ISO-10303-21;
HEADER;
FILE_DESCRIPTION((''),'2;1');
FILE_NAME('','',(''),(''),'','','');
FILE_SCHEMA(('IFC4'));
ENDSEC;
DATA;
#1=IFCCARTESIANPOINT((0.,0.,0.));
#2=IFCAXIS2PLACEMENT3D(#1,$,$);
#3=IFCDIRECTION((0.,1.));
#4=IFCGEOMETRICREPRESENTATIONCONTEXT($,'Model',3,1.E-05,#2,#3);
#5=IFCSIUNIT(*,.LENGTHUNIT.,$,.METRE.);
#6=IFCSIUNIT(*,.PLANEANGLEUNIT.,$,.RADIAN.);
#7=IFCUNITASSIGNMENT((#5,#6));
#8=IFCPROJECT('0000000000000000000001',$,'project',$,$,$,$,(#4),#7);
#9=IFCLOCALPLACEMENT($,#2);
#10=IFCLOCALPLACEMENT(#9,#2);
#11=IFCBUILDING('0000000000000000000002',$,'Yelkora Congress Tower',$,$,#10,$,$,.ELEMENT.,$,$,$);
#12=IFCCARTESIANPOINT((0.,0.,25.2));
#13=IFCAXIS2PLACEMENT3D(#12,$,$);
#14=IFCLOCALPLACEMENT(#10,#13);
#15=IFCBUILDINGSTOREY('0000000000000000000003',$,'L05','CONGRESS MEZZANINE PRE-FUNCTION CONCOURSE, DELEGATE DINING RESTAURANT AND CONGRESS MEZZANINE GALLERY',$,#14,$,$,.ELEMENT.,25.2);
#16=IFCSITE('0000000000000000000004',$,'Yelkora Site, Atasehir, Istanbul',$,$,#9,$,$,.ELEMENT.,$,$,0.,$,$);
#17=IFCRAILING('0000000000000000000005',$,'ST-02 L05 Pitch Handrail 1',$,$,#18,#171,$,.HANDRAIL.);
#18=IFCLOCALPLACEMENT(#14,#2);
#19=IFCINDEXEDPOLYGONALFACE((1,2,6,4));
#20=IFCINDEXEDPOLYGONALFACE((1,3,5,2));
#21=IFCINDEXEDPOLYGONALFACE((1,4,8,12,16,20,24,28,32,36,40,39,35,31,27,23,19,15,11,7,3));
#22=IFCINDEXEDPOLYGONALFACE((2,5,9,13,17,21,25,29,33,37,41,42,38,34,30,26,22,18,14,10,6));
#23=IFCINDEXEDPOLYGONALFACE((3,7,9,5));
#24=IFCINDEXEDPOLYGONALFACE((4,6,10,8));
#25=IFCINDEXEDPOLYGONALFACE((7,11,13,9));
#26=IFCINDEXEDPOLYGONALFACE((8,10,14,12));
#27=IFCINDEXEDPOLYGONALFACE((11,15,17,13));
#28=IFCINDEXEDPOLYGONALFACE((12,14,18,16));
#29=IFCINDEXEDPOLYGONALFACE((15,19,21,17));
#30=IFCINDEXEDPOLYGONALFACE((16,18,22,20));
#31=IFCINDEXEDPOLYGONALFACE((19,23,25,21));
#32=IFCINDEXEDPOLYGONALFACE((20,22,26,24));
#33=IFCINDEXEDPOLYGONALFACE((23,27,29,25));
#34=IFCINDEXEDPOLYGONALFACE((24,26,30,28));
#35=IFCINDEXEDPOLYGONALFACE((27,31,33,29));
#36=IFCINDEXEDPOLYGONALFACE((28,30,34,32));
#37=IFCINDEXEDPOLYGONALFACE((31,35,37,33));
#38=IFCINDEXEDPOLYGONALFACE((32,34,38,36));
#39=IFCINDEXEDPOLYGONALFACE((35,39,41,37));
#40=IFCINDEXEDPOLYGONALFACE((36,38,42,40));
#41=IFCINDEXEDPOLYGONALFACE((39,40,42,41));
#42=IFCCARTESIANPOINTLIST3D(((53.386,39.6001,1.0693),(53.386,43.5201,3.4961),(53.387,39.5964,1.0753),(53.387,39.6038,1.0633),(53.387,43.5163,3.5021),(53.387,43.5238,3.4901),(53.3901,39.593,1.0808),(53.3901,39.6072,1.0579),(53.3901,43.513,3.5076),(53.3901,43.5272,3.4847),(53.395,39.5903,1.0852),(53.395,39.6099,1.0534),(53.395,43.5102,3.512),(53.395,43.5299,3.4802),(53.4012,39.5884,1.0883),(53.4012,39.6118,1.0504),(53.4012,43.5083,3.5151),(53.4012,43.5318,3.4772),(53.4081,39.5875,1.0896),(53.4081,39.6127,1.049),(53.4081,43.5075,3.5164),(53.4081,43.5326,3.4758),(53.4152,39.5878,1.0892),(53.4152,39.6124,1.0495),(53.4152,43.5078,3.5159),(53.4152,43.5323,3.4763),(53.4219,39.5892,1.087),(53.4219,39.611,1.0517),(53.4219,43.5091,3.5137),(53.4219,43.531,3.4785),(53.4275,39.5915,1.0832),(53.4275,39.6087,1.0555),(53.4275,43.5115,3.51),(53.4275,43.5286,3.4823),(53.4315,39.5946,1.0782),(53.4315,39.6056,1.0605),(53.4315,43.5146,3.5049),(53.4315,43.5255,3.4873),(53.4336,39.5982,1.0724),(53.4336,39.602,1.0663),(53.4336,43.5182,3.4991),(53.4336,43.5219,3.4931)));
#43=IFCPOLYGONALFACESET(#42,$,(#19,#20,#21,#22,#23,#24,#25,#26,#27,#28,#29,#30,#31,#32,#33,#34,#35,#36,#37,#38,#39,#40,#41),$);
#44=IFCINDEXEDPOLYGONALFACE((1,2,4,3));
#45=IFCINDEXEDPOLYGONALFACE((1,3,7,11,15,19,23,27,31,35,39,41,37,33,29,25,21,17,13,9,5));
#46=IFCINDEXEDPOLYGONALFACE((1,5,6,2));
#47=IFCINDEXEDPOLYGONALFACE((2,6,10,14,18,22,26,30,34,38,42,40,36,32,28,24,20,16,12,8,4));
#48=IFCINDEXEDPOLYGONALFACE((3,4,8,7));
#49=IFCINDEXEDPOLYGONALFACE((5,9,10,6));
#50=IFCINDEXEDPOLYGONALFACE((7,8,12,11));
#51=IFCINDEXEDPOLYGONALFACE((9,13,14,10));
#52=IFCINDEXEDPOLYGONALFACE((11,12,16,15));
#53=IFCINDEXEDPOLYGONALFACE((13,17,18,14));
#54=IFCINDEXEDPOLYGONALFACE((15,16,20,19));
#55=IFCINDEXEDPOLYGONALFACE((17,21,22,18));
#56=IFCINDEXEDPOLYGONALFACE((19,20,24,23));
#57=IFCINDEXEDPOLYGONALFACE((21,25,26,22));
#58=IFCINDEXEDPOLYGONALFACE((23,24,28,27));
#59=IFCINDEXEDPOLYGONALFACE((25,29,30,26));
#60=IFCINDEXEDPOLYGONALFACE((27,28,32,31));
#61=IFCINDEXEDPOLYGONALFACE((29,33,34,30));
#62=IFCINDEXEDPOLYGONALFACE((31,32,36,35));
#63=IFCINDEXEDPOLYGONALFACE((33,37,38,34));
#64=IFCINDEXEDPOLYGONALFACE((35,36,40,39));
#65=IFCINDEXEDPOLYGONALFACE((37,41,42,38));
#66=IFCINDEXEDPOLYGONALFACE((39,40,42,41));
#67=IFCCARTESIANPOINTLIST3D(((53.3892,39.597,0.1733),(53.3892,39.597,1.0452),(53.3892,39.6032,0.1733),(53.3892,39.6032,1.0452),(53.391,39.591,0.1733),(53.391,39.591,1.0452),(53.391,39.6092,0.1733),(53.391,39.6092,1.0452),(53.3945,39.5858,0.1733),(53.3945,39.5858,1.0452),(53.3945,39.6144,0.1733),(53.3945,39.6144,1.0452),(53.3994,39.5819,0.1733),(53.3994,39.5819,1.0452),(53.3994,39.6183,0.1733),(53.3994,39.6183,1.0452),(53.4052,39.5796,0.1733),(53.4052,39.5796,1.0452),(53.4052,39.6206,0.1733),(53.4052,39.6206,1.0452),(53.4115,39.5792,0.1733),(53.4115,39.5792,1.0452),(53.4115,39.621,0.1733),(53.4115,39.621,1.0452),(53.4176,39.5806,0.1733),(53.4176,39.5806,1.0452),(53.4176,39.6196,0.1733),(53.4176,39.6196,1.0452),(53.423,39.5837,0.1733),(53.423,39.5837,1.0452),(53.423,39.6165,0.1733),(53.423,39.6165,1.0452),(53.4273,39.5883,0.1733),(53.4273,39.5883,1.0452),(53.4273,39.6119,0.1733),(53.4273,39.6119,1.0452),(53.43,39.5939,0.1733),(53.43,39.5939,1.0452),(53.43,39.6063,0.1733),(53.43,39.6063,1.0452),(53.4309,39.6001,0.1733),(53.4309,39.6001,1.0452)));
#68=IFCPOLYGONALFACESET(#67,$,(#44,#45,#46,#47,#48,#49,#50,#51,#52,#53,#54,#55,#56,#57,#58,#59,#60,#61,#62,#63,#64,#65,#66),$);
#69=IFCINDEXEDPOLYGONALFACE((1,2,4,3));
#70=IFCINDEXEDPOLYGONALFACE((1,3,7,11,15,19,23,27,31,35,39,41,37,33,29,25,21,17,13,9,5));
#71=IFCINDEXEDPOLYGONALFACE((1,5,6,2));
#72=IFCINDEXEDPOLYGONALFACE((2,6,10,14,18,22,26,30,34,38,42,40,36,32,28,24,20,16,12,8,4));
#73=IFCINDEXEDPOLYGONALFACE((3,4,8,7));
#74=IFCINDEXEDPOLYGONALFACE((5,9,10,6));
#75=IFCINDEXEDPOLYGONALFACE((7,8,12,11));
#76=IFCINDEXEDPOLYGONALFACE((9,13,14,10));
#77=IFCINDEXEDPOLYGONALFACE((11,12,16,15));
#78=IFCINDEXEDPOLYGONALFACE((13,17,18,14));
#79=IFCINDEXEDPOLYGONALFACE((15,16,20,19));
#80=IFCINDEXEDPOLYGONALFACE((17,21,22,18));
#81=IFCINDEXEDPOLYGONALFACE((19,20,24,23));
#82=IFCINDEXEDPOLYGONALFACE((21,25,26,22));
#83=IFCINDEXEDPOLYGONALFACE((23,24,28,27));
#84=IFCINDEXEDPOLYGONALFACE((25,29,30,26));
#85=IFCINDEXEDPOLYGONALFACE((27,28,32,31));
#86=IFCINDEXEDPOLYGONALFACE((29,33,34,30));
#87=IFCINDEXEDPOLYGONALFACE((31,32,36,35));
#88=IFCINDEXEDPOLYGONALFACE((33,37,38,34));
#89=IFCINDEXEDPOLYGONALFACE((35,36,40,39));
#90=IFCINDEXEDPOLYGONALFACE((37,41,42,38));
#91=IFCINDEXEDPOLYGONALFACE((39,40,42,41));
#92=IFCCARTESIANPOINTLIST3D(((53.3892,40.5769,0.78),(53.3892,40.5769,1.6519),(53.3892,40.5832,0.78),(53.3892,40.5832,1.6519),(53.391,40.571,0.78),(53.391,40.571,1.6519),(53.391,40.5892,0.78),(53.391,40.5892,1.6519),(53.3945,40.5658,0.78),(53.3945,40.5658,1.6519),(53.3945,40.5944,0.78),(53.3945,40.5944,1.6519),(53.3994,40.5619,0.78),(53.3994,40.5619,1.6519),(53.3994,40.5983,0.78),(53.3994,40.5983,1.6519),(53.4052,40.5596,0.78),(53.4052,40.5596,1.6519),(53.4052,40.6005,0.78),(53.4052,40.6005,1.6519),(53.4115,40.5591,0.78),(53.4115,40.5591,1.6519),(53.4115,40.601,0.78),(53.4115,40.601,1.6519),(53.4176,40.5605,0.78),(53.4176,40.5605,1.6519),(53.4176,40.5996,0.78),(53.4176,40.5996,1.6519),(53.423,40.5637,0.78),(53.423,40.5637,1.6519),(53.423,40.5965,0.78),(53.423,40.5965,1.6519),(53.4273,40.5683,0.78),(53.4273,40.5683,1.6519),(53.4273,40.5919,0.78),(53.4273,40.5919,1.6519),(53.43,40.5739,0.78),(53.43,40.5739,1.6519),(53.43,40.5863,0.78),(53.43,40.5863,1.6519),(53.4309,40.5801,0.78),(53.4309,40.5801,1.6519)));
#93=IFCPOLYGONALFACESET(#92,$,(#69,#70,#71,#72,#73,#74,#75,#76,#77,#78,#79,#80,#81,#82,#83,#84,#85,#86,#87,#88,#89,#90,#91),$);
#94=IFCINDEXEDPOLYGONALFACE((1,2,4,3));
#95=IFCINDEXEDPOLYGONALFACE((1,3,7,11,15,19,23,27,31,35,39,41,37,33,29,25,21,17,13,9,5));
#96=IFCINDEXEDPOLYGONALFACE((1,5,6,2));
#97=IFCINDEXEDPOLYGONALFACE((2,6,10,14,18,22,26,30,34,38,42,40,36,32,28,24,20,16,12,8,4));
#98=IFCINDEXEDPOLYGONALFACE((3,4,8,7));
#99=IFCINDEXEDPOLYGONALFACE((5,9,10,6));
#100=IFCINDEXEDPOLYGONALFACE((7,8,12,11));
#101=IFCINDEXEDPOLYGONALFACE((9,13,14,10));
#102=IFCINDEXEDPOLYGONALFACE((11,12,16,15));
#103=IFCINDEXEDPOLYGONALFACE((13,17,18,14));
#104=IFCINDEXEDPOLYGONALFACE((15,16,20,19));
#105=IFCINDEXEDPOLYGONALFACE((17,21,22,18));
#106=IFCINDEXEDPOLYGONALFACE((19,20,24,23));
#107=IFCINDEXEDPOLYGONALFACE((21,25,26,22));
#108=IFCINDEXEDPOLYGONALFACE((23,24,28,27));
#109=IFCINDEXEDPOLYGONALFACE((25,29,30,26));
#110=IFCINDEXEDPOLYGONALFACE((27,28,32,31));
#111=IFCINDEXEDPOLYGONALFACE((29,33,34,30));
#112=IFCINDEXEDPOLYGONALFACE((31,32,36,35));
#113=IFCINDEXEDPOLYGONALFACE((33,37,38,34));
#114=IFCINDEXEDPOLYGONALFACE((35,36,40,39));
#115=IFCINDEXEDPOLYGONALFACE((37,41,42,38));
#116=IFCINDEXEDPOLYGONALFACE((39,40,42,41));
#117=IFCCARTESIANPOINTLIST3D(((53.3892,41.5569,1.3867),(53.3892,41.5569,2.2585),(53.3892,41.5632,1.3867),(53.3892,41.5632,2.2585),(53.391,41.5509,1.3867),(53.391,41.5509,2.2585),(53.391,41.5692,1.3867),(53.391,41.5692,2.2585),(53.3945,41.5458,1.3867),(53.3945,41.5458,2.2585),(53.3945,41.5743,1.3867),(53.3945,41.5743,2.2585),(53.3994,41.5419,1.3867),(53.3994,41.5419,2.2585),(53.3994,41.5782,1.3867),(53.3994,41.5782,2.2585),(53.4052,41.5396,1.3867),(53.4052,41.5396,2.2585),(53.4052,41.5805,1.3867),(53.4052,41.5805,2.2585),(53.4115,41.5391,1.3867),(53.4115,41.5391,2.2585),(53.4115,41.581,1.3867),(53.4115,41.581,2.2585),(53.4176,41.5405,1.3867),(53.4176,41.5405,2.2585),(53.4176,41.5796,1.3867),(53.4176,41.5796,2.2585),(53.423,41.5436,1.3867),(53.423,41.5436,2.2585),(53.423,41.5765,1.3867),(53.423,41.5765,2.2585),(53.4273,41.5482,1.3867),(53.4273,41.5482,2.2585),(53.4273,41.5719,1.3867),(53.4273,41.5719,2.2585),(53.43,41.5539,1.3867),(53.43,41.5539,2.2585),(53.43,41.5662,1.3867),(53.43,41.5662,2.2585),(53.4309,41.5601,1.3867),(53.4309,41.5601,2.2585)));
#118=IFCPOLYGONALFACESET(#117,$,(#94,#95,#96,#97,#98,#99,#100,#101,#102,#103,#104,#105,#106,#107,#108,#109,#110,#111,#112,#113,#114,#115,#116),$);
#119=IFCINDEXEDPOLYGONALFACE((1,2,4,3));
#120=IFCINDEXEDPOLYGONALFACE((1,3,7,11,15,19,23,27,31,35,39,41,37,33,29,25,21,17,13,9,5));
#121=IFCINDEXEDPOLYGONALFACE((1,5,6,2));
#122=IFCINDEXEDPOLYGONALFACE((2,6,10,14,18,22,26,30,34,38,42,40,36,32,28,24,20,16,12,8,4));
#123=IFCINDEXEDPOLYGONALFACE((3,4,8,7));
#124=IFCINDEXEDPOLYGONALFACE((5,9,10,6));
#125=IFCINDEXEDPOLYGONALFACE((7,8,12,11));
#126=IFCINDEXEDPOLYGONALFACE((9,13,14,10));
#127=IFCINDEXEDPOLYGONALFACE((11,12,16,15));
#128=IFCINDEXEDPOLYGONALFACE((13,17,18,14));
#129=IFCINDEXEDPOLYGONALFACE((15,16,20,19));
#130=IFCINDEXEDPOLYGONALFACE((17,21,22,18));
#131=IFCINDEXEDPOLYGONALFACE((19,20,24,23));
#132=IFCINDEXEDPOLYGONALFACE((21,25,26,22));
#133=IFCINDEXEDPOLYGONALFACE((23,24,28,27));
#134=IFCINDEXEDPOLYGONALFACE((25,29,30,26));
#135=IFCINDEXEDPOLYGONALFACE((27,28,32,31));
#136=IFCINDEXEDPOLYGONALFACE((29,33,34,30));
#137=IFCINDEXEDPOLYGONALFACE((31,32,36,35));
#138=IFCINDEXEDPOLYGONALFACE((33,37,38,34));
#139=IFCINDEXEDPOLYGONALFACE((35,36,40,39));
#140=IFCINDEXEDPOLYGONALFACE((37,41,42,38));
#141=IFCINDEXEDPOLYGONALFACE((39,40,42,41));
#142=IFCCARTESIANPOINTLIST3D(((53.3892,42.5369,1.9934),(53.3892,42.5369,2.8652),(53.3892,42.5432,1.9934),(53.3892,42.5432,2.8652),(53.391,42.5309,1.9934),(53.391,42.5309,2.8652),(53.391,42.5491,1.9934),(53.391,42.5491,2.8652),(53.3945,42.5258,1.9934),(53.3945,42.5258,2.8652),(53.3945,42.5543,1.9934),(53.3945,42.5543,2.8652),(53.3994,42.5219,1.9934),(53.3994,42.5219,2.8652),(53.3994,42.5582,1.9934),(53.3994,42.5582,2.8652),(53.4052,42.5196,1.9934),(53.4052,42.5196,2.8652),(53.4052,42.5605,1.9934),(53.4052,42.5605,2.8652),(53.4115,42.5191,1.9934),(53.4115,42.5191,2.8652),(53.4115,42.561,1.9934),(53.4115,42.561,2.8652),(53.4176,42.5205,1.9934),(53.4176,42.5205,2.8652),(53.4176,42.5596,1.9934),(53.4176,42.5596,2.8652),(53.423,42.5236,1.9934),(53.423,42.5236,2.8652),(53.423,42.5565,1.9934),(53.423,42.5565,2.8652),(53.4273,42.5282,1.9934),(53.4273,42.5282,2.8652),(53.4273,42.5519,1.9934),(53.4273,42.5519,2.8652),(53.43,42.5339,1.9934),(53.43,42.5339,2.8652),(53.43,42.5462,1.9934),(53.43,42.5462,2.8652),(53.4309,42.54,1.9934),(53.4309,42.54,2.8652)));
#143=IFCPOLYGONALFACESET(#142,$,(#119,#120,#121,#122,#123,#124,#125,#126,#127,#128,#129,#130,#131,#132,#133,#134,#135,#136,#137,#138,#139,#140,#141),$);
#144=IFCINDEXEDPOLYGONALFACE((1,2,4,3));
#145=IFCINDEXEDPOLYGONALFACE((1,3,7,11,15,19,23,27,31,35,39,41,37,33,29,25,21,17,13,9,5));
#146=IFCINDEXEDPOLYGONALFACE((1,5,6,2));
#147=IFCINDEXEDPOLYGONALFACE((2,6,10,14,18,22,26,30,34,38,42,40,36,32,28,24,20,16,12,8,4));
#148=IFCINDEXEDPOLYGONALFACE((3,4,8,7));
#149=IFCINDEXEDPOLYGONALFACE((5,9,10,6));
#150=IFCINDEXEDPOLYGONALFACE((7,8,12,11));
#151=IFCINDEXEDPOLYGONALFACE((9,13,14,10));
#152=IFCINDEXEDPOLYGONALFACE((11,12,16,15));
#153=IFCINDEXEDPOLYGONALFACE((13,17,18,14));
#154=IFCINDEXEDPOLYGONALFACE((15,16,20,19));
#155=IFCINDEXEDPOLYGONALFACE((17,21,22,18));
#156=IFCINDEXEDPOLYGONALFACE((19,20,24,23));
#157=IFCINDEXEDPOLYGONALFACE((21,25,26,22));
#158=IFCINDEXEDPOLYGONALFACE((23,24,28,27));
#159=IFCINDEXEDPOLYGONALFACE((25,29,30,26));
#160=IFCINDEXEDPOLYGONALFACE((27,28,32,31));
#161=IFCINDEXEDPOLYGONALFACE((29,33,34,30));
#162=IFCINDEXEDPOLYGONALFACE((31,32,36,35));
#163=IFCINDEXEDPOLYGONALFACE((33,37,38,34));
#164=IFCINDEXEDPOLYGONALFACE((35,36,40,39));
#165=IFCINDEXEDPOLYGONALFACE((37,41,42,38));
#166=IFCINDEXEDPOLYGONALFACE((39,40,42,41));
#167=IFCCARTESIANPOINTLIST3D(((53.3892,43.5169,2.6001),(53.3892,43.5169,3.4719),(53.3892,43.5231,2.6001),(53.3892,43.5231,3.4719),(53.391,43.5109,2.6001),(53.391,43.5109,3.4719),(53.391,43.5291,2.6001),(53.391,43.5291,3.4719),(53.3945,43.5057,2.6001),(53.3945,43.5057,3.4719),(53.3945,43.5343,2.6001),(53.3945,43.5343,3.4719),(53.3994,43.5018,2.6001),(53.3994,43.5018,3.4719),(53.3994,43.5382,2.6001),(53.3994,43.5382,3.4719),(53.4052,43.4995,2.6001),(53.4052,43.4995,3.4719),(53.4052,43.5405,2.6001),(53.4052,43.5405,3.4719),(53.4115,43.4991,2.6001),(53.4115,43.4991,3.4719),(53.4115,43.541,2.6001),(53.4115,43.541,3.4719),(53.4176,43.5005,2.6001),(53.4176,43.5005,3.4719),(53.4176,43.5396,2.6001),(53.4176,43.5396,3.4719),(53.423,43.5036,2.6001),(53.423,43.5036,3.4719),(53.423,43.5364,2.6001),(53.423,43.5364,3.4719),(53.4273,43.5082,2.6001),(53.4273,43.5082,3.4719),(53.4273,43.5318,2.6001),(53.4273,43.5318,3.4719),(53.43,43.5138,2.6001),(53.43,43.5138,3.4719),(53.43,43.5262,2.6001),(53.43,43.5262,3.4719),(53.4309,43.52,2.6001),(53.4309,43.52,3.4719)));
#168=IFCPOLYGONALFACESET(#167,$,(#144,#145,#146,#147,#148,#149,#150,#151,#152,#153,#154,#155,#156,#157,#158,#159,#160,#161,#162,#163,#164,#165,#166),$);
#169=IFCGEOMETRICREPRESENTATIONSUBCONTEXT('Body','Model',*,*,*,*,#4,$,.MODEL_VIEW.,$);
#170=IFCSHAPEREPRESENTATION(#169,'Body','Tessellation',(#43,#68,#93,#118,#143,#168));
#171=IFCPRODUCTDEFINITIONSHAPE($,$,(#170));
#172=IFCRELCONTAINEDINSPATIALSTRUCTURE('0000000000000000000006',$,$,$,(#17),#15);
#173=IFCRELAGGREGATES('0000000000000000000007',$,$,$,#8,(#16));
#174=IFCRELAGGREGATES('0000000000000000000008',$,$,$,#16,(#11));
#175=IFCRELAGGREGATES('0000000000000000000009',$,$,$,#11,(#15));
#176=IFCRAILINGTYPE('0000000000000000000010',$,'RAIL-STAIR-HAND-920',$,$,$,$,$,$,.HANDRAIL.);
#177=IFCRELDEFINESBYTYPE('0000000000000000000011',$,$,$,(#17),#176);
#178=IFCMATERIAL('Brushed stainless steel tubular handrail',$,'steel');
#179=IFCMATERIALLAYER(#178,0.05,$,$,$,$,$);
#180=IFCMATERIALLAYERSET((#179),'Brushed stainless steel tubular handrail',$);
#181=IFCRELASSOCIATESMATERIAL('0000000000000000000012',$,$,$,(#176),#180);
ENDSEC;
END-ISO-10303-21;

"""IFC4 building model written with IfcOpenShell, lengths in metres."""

from ifc_helpers import new_model, si_unit, direction, frame, origin, origin_2d, place, context, subcontext, project, spatial, circle, extrude, material, layer, layer_set, type_object, element, save


model = new_model("IFC4")

# Units and contexts
model_context = context("Model", 3, precision=1e-05, world=origin(), true_north=direction((0.0, 1.0)))
body_context = subcontext(model_context, "Body", "Model", "MODEL_VIEW")
ifc_project = project(units=[si_unit("LENGTHUNIT", "METRE"), si_unit("PLANEANGLEUNIT", "RADIAN")], contexts=[model_context])

# Site, building, storey
site_placement = place(None, origin())
site = spatial("IfcSite", under=ifc_project, at=site_placement, Name="Yelkora Site, Atasehir, Istanbul", CompositionType="ELEMENT", RefElevation=0.0)
building_placement = place(site_placement, origin())
building = spatial("IfcBuilding", under=site, at=building_placement, Name="Yelkora Congress Tower", CompositionType="ELEMENT")
storey_placement = place(building_placement, frame((0.0, 0.0, 25.2)))
storey = spatial("IfcBuildingStorey", under=building, at=storey_placement, Name="L05", Description="CONGRESS MEZZANINE PRE-FUNCTION CONCOURSE, DELEGATE DINING RESTAURANT AND CONGRESS MEZZANINE GALLERY", CompositionType="ELEMENT", Elevation=25.2)

# Railing
ifc_material_1 = material(Name="Brushed stainless steel tubular handrail", Category="steel")
ifc_layer_1 = layer(ifc_material_1, 0.05)
ifc_layer_set_1 = layer_set([ifc_layer_1], Name="Brushed stainless steel tubular handrail")
railing_type_1 = type_object("IfcRailingType", Name="RAIL-STAIR-HAND-920", PredefinedType="HANDRAIL", material=ifc_layer_set_1)
railing_1_placement = place(storey_placement, frame((53.4099, 39.6001, 0.1733)))
element("IfcRailing", 1, at=railing_1_placement, inside=storey, type_object=railing_type_1, Name="ST-02 L05 Pitch Handrail 1", PredefinedType="HANDRAIL", context=body_context, shape_type="SweptSolid", body=[
    extrude(circle(Radius=0.0239, at=origin_2d()), frame((0.0, 0.0, 0.896), z_axis=(0.0, 0.850252, 0.526376), x_axis=(-1.0, 0.0, 0.0)), (0.0, 0.0, 1.0), 4.6104),
    extrude(circle(Radius=0.021, at=origin_2d()), origin(), (0.0, 0.0, 1.0), 0.8718),
    extrude(circle(Radius=0.021, at=origin_2d()), frame((0.0, 0.98, 0.6067)), (0.0, 0.0, 1.0), 0.8718),
    extrude(circle(Radius=0.021, at=origin_2d()), frame((0.0, 1.96, 1.2134)), (0.0, 0.0, 1.0), 0.8718),
    extrude(circle(Radius=0.021, at=origin_2d()), frame((0.0, 2.9399, 1.8201)), (0.0, 0.0, 1.0), 0.8718),
    extrude(circle(Radius=0.021, at=origin_2d()), frame((0.0, 3.9199, 2.4268)), (0.0, 0.0, 1.0), 0.8718),
])

save(model, "model.ifc")
